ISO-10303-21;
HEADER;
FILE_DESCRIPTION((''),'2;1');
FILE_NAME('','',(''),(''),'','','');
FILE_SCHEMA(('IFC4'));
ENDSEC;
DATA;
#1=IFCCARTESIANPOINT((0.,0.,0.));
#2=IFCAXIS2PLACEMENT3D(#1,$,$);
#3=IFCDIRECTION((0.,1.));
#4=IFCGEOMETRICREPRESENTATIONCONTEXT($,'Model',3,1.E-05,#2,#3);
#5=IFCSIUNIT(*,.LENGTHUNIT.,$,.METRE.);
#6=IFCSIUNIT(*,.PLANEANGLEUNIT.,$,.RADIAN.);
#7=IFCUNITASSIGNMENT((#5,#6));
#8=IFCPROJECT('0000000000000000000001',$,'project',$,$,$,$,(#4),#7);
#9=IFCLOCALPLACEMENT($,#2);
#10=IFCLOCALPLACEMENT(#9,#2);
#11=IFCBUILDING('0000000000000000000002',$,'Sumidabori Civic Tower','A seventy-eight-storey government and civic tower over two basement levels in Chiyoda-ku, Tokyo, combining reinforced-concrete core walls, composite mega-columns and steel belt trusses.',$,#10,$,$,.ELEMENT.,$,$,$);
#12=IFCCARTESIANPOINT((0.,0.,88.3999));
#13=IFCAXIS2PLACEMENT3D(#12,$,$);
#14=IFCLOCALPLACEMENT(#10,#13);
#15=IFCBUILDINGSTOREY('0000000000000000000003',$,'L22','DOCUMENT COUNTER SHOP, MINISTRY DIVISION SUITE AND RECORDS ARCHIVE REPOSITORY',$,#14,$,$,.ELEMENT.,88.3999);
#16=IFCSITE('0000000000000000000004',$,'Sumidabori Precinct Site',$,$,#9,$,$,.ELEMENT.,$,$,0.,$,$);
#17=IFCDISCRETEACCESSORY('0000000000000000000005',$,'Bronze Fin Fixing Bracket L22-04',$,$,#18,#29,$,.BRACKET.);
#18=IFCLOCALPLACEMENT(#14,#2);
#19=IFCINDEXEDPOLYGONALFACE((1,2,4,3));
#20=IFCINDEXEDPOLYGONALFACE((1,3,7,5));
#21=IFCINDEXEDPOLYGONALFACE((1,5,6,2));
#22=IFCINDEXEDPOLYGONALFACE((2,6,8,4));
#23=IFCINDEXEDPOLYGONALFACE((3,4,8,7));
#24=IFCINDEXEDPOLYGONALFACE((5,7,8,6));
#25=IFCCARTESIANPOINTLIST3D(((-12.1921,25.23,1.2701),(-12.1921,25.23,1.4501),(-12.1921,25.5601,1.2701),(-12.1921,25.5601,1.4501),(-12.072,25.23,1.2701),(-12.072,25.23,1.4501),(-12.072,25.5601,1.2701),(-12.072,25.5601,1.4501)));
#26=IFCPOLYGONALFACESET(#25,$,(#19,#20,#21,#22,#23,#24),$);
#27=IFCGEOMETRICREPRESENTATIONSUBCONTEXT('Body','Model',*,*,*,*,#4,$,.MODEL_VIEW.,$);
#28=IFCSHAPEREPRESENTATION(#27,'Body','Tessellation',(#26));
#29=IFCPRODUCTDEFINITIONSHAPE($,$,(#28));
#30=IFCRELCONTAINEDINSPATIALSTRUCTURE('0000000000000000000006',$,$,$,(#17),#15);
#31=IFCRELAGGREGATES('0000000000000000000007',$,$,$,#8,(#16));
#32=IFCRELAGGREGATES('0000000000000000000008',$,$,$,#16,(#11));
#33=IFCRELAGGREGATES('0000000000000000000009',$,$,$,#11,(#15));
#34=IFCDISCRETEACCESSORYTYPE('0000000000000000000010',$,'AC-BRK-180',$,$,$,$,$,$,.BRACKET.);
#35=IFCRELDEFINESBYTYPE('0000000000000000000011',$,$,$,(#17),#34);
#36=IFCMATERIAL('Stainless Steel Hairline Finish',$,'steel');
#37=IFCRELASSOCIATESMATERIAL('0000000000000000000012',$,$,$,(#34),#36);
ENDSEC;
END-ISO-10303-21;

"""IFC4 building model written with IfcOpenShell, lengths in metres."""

from ifc_helpers import new_model, si_unit, direction, frame, origin, origin_2d, place, context, subcontext, project, spatial, rectangle, extrude, source, transform, mapped, material, material_profile, profile_set, type_object, element, save


model = new_model("IFC4")

# Units and contexts
model_context = context("Model", 3, precision=1e-05, world=origin(), true_north=direction((0.0, 1.0)))
body_context = subcontext(model_context, "Body", "Model", "MODEL_VIEW")
ifc_project = project(units=[si_unit("LENGTHUNIT", "METRE"), si_unit("PLANEANGLEUNIT", "RADIAN")], contexts=[model_context])

# Site, building, storey
site_placement = place(None, origin())
site = spatial("IfcSite", under=ifc_project, at=site_placement, Name="Sumidabori Precinct Site", CompositionType="ELEMENT", RefElevation=0.0)
building_placement = place(site_placement, origin())
building = spatial("IfcBuilding", under=site, at=building_placement, Name="Sumidabori Civic Tower", Description="A seventy-eight-storey government and civic tower over two basement levels in Chiyoda-ku, Tokyo, combining reinforced-concrete core walls, composite mega-columns and steel belt trusses.", CompositionType="ELEMENT")
storey_placement = place(building_placement, frame((0.0, 0.0, 88.3999)))
storey = spatial("IfcBuildingStorey", under=building, at=storey_placement, Name="L22", Description="DOCUMENT COUNTER SHOP, MINISTRY DIVISION SUITE AND RECORDS ARCHIVE REPOSITORY", CompositionType="ELEMENT", Elevation=88.3999)

# Shared definitions
ifc_material_1 = material(Name="Stainless Steel Hairline Finish", Category="steel")

# Discrete accessory
ifc_material_profile_1 = material_profile(ifc_material_1, rectangle(XDim=0.1201, YDim=0.1799, at=origin_2d()), Name="STEEL BRACKET 180x120")
ifc_profile_set_1 = profile_set([ifc_material_profile_1], Name="Stainless Steel Hairline Finish")
discrete_accessory_type = type_object("IfcDiscreteAccessoryType", Name="AC-BRK-180", PredefinedType="BRACKET", material=ifc_profile_set_1)
shared_shape_1 = source(origin(), body_context, "Body", "SweptSolid", [
    extrude(rectangle(XDim=0.1201, YDim=0.1799, at=origin_2d()), origin(), (0.0, 0.0, 1.0), 0.3301),
])
discrete_accessory_placement = place(storey_placement, frame((-12.1321, 25.23, 1.3601), z_axis=(0.0, 1.0, 0.0), x_axis=(-1.0, 0.0, 0.0)))
element("IfcDiscreteAccessory", 1, at=discrete_accessory_placement, inside=storey, type_object=discrete_accessory_type, Name="Bronze Fin Fixing Bracket L22-04", PredefinedType="BRACKET", context=body_context, shape_type="MappedRepresentation", body=[
    mapped(shared_shape_1, transform((0.0, 0.0, 0.0), x_axis=(1.0, 0.0, 0.0), y_axis=(0.0, 1.0, 0.0), z_axis=(0.0, 0.0, 1.0), scale=1.0)),
])

save(model, "model.ifc")
